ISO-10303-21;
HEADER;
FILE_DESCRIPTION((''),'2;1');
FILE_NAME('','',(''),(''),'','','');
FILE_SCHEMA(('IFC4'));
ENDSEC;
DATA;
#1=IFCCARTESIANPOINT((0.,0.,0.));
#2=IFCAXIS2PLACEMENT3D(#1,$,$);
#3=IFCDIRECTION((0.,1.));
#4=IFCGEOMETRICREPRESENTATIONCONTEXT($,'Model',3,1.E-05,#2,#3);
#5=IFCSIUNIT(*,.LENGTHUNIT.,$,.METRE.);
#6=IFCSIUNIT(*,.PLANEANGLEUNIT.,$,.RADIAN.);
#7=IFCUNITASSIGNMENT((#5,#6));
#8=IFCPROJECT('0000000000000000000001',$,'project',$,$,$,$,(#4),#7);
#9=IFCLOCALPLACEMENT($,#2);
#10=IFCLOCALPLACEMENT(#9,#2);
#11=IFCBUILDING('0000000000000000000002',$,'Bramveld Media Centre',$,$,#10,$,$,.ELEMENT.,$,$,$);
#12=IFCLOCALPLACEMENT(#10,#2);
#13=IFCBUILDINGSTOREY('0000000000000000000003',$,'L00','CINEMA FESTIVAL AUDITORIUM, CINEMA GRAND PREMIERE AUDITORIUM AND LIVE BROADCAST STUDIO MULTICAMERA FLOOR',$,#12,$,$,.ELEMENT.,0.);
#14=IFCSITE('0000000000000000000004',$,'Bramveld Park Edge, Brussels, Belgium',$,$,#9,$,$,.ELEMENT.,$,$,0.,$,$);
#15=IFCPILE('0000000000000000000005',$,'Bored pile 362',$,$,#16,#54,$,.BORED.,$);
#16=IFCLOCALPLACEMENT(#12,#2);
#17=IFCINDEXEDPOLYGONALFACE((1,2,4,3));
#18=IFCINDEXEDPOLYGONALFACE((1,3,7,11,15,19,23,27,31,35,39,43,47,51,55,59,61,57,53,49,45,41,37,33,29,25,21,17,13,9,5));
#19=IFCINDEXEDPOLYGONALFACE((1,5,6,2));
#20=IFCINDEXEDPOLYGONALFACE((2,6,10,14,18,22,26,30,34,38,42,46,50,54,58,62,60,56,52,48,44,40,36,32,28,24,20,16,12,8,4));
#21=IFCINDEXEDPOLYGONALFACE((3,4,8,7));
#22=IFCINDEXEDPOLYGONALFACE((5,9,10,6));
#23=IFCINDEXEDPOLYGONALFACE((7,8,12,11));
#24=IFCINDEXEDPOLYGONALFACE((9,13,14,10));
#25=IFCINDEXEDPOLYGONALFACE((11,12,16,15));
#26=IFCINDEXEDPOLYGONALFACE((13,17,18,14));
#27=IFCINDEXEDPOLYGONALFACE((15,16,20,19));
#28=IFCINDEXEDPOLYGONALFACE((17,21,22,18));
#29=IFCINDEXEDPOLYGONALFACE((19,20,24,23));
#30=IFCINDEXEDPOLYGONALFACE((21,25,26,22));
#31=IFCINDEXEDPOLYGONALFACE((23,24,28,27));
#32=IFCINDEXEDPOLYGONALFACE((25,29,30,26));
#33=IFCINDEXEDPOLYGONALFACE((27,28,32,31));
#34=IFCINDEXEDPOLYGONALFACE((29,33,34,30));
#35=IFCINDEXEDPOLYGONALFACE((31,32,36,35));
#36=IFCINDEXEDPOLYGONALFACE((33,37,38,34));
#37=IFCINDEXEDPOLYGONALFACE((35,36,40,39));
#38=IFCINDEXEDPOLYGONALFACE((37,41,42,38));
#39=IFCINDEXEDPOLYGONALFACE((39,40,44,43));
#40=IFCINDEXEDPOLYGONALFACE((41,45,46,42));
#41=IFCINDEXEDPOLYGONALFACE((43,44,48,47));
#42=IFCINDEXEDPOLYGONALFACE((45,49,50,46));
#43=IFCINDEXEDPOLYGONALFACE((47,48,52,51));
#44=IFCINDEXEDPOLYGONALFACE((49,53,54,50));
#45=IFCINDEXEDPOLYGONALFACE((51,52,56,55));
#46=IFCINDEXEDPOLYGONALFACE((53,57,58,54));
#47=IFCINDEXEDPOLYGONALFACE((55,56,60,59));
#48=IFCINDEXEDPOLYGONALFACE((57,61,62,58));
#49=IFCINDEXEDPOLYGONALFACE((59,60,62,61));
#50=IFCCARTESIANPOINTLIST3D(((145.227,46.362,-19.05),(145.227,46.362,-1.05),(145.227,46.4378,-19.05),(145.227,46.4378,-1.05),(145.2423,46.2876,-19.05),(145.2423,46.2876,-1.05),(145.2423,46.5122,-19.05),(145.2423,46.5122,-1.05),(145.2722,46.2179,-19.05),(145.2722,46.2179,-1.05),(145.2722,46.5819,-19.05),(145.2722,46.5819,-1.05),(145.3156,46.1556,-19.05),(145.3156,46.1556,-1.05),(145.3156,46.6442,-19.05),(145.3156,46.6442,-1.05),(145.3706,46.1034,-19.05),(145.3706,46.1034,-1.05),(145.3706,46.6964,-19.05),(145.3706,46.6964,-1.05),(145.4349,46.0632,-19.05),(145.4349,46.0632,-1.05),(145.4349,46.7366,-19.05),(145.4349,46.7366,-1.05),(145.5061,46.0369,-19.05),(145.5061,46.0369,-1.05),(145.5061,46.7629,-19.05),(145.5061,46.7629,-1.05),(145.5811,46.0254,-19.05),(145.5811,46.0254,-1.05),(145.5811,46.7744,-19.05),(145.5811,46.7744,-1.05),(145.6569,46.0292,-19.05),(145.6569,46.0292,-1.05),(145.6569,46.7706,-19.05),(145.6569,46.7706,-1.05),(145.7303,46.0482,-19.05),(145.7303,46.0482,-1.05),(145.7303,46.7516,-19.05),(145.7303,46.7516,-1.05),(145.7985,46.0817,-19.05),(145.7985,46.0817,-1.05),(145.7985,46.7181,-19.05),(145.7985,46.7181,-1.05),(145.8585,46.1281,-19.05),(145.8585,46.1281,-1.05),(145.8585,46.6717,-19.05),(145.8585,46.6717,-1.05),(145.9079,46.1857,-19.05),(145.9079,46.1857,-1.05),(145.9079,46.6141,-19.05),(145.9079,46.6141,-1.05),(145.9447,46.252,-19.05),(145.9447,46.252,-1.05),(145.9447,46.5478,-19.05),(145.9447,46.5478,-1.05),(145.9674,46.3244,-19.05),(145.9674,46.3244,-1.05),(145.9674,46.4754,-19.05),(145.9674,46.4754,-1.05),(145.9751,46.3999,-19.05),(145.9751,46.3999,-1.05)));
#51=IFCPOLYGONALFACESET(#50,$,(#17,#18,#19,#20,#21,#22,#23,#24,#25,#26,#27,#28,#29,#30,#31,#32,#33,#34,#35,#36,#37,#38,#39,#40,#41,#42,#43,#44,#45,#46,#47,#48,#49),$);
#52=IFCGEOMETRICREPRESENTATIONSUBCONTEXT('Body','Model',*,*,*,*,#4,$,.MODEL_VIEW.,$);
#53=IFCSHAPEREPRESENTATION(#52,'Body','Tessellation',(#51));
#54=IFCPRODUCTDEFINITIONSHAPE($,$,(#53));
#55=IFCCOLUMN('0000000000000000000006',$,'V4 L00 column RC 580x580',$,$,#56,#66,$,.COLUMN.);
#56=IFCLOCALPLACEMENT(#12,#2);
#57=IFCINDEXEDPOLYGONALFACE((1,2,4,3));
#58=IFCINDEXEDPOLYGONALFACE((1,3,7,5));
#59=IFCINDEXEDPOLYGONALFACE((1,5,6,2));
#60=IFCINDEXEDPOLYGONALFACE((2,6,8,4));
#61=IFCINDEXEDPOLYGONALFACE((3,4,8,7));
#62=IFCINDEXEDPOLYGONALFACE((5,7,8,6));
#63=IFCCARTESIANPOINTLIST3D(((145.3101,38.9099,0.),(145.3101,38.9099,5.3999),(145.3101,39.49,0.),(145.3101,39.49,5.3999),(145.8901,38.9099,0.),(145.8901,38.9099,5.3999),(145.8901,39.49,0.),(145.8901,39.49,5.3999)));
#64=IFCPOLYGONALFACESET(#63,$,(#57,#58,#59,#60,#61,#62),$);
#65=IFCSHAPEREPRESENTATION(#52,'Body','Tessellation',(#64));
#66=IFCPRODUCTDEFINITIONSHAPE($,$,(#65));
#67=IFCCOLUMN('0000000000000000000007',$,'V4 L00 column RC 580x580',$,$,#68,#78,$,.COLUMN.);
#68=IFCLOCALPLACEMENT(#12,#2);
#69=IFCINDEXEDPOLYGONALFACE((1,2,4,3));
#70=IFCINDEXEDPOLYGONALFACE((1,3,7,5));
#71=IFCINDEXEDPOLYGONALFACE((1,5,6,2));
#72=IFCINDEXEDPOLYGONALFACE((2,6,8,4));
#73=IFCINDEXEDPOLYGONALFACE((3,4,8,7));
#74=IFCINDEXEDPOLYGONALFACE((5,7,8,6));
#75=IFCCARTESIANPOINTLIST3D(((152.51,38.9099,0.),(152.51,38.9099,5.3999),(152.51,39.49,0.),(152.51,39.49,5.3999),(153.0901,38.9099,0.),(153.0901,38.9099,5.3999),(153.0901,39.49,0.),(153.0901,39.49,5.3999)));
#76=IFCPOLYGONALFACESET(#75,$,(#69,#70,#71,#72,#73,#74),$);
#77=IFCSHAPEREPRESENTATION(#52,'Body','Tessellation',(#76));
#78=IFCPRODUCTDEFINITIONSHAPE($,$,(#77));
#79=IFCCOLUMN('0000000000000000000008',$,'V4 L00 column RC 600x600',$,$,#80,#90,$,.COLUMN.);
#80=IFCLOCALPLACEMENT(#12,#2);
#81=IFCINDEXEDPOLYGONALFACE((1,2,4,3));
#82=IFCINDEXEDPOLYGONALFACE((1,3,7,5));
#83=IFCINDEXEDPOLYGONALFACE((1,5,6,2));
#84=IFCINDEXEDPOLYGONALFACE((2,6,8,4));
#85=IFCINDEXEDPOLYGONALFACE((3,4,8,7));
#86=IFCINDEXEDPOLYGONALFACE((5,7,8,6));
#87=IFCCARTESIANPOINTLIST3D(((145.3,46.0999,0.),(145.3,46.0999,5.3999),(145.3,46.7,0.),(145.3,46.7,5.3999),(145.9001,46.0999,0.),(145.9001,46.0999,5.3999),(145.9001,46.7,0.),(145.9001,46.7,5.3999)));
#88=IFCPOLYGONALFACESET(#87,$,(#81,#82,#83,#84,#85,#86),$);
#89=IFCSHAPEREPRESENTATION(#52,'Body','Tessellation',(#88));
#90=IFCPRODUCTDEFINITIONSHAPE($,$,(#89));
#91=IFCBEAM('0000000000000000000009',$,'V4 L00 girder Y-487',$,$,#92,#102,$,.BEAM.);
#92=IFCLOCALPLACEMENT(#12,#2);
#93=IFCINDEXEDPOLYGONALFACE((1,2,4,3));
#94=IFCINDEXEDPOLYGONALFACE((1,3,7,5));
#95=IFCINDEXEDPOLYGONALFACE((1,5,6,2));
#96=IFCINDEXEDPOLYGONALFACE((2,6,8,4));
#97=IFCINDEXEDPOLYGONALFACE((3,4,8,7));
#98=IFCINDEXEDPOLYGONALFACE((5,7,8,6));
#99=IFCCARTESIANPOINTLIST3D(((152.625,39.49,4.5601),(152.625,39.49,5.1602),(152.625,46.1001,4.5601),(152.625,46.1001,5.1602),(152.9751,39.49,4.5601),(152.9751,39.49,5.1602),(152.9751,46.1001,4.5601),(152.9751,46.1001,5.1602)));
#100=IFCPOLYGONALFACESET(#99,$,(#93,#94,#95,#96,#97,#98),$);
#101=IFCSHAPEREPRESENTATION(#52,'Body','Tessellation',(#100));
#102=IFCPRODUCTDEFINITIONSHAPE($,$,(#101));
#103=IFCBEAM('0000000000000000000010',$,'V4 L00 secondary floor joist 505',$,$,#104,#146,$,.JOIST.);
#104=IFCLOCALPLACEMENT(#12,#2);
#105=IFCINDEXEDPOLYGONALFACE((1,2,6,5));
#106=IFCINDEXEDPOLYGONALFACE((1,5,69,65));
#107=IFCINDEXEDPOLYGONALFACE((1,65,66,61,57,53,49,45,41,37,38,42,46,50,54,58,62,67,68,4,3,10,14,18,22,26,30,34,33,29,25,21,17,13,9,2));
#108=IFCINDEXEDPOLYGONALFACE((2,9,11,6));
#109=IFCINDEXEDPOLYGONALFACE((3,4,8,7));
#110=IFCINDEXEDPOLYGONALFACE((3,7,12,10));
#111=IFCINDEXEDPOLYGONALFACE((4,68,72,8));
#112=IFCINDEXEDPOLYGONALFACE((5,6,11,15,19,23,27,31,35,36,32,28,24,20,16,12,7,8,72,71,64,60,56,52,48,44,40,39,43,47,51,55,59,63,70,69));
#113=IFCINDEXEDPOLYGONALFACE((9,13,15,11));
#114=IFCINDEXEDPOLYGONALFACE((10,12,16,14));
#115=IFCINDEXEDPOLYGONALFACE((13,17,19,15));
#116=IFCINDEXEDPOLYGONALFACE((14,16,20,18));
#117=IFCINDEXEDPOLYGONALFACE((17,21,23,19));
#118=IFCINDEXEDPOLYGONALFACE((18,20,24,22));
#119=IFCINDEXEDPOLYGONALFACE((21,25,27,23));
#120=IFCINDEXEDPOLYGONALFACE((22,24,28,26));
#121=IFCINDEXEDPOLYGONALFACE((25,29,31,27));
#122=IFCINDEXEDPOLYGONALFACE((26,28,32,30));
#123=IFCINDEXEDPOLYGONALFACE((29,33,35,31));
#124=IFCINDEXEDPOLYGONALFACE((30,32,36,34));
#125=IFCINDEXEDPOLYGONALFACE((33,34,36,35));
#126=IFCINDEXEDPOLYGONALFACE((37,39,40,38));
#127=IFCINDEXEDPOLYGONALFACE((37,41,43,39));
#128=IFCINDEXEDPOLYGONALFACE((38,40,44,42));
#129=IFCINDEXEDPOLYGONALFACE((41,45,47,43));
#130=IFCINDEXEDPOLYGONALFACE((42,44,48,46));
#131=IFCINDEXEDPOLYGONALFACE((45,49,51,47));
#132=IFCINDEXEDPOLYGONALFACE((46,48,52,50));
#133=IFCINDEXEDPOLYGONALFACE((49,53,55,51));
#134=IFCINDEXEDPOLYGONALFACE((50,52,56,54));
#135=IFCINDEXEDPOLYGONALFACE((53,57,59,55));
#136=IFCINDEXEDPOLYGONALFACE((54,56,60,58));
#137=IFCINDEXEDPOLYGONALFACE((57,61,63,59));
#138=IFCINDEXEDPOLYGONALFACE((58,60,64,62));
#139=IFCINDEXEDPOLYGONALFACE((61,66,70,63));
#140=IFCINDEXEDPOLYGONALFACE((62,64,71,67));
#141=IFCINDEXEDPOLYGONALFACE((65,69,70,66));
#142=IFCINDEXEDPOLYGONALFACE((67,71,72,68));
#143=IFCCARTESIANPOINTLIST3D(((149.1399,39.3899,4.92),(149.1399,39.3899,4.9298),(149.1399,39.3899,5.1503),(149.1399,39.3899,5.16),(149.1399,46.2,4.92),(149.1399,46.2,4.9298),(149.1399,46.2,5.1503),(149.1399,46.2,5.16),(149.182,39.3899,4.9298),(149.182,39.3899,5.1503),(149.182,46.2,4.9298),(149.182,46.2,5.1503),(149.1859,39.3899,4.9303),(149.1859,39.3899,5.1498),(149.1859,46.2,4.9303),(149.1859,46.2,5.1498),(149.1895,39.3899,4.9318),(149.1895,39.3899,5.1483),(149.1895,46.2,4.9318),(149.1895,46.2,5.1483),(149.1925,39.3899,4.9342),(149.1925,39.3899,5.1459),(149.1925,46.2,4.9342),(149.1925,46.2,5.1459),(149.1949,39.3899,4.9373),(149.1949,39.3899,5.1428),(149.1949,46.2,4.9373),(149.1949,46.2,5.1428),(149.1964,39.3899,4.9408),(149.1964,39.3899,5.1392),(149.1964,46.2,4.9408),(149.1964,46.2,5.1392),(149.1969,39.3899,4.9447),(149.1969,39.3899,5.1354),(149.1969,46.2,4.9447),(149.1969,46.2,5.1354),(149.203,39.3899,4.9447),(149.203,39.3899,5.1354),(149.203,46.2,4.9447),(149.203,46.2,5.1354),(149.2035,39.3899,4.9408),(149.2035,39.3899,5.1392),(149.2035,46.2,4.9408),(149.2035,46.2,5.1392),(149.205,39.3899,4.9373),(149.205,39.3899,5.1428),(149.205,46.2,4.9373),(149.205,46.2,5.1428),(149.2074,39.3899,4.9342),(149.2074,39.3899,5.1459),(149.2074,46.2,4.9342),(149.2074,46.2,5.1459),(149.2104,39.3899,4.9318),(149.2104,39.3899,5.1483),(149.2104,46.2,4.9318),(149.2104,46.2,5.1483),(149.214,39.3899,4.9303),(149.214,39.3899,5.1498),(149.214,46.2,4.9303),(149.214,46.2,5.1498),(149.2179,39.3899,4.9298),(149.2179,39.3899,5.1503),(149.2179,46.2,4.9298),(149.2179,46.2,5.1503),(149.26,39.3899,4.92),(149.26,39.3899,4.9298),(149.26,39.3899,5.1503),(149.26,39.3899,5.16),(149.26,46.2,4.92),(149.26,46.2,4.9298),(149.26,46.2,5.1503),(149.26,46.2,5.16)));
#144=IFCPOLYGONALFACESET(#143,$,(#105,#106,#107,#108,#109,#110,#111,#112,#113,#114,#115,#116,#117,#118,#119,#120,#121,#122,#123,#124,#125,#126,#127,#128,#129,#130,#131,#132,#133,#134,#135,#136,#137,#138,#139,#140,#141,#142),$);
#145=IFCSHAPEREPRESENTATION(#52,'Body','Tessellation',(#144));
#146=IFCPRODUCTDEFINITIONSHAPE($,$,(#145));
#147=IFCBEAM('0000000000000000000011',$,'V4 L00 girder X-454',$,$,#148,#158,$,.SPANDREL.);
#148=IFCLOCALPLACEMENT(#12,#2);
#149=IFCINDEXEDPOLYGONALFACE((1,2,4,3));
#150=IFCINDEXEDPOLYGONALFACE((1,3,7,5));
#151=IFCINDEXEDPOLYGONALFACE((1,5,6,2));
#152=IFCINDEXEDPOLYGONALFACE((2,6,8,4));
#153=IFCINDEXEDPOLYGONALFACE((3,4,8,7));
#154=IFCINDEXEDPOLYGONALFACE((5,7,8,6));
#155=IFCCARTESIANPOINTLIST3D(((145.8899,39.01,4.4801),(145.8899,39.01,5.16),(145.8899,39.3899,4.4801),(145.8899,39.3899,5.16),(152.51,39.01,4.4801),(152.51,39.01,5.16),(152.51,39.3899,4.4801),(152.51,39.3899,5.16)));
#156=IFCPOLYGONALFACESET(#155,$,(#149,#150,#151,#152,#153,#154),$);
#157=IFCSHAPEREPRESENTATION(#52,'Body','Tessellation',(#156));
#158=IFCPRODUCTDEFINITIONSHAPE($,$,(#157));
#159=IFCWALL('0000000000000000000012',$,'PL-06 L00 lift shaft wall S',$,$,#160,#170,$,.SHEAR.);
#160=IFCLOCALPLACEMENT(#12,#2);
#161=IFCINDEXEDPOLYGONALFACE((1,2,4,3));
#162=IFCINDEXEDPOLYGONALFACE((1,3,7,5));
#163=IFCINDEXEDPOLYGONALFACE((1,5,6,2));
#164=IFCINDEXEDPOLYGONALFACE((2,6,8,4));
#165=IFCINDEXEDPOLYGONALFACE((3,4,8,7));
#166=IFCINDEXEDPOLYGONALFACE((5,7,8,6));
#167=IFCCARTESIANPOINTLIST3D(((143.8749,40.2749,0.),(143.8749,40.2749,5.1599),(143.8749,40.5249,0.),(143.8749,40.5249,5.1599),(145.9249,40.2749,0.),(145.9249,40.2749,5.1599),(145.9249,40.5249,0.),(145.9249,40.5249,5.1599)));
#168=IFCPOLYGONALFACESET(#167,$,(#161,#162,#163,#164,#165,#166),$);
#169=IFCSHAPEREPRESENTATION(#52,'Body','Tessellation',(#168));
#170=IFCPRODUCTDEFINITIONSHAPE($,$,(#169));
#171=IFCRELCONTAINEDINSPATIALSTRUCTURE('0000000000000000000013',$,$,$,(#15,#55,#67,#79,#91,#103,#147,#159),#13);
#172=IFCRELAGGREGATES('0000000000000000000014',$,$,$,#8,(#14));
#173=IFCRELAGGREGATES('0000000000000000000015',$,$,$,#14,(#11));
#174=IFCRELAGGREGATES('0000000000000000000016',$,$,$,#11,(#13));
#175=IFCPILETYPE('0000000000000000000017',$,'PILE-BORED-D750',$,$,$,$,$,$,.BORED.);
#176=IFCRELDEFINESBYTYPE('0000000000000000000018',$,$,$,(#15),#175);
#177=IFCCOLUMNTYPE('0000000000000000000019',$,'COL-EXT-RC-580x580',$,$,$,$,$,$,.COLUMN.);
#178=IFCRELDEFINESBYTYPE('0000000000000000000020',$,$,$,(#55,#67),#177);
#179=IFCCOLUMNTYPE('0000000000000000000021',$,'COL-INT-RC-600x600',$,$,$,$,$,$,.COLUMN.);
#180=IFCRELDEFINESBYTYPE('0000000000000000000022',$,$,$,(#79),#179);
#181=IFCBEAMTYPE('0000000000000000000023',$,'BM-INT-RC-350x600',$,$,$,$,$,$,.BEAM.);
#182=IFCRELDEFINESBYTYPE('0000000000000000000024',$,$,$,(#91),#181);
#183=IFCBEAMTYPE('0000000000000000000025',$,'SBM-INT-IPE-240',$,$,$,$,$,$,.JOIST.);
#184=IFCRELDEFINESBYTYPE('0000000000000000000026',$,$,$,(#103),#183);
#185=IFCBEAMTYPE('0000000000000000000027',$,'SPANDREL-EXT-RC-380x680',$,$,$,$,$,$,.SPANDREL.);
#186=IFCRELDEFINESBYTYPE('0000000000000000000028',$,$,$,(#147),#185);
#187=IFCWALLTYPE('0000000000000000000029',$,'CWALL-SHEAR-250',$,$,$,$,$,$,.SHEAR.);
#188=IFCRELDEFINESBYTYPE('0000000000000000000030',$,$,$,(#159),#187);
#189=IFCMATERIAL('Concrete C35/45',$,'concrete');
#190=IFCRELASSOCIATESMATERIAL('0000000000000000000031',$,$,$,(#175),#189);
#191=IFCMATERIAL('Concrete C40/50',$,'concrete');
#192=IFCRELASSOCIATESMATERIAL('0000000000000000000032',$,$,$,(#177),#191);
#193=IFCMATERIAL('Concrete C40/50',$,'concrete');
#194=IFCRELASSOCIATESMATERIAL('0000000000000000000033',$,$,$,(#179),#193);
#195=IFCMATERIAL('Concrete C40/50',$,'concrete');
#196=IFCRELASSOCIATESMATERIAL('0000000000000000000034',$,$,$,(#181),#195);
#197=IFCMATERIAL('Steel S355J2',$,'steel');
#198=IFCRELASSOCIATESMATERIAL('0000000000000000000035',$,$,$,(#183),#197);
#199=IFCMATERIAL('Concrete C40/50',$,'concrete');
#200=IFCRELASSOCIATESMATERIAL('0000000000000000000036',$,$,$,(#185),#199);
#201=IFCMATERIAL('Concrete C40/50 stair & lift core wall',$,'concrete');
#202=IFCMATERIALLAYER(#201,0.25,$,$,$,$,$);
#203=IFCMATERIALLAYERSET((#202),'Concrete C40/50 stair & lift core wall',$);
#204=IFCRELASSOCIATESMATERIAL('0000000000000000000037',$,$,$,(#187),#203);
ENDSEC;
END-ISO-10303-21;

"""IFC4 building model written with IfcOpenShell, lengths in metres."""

from ifc_helpers import new_model, si_unit, direction, frame, frame_2d, origin, origin_2d, place, context, subcontext, project, spatial, rectangle, circle, i_section, extrude, material, layer, layer_set, material_profile, profile_set, type_object, element, save


model = new_model("IFC4")

# Units and contexts
model_context = context("Model", 3, precision=1e-05, world=origin(), true_north=direction((0.0, 1.0)))
body_context = subcontext(model_context, "Body", "Model", "MODEL_VIEW")
ifc_project = project(units=[si_unit("LENGTHUNIT", "METRE"), si_unit("PLANEANGLEUNIT", "RADIAN")], contexts=[model_context])

# Site, building, storey
site_placement = place(None, origin())
site = spatial("IfcSite", under=ifc_project, at=site_placement, Name="Bramveld Park Edge, Brussels, Belgium", CompositionType="ELEMENT", RefElevation=0.0)
building_placement = place(site_placement, origin())
building = spatial("IfcBuilding", under=site, at=building_placement, Name="Bramveld Media Centre", CompositionType="ELEMENT")
storey_placement = place(building_placement, origin())
storey = spatial("IfcBuildingStorey", under=building, at=storey_placement, Name="L00", Description="CINEMA FESTIVAL AUDITORIUM, CINEMA GRAND PREMIERE AUDITORIUM AND LIVE BROADCAST STUDIO MULTICAMERA FLOOR", CompositionType="ELEMENT", Elevation=0.0)

# Pile
ifc_material_1 = material(Name="Concrete C35/45", Category="concrete")
ifc_material_profile_1 = material_profile(ifc_material_1, circle(Radius=0.375, at=origin_2d()), Name="BORED D750")
ifc_profile_set_1 = profile_set([ifc_material_profile_1], Name="Concrete C35/45")
pile_type_1 = type_object("IfcPileType", Name="PILE-BORED-D750", PredefinedType="BORED", material=ifc_profile_set_1)
pile_placement = place(storey_placement, frame((145.6001, 46.3999, -1.05), z_axis=(0.0, 0.0, -1.0), x_axis=(1.0, 0.0, 0.0)))
element("IfcPile", 1, at=pile_placement, inside=storey, type_object=pile_type_1, Name="Bored pile 362", PredefinedType="BORED", context=body_context, shape_type="SweptSolid", body=[
    extrude(circle(Radius=0.375, at=origin_2d()), origin(), (0.0, 0.0, 1.0), 18.0),
])

# Columns
ifc_material_2 = material(Name="Concrete C40/50", Category="concrete")
ifc_material_profile_2 = material_profile(ifc_material_2, rectangle(XDim=0.5801, YDim=0.5801, at=origin_2d()), Name="RC 580x580")
ifc_profile_set_2 = profile_set([ifc_material_profile_2], Name="Concrete C40/50")
column_type_1 = type_object("IfcColumnType", Name="COL-EXT-RC-580x580", PredefinedType="COLUMN", material=ifc_profile_set_2)
for number, where, z_axis, x_axis, name in (
    (2, (145.6001, 39.2, 0.0), (0.0, 0.0, 1.0), (1.0, 0.0, 0.0), "V4 L00 column RC 580x580"),
    (3, (152.8, 39.2, 0.0), (0.0, 0.0, 1.0), (1.0, 0.0, 0.0), "V4 L00 column RC 580x580"),
):
    element("IfcColumn", number, at=place(storey_placement, frame(where, z_axis=z_axis, x_axis=x_axis)), inside=storey, type_object=column_type_1, Name=name, PredefinedType="COLUMN", context=body_context, shape_type="SweptSolid", body=[
        extrude(rectangle(XDim=0.5801, YDim=0.5801, at=origin_2d()), origin(), (0.0, 0.0, 1.0), 5.3999),
    ])
ifc_material_3 = material(Name="Concrete C40/50", Category="concrete")
ifc_material_profile_3 = material_profile(ifc_material_3, rectangle(XDim=0.6001, YDim=0.6001, at=origin_2d()), Name="RC 600x600")
ifc_profile_set_3 = profile_set([ifc_material_profile_3], Name="Concrete C40/50")
column_type_2 = type_object("IfcColumnType", Name="COL-INT-RC-600x600", PredefinedType="COLUMN", material=ifc_profile_set_3)
column_placement = place(storey_placement, frame((145.6001, 46.3999, 0.0), z_axis=(0.0, 0.0, 1.0), x_axis=(1.0, 0.0, 0.0)))
element("IfcColumn", 4, at=column_placement, inside=storey, type_object=column_type_2, Name="V4 L00 column RC 600x600", PredefinedType="COLUMN", context=body_context, shape_type="SweptSolid", body=[
    extrude(rectangle(XDim=0.6001, YDim=0.6001, at=origin_2d()), origin(), (0.0, 0.0, 1.0), 5.3999),
])

# Beams
ifc_material_4 = material(Name="Concrete C40/50", Category="concrete")
ifc_material_profile_4 = material_profile(ifc_material_4, rectangle(XDim=0.3501, YDim=0.6001, at=origin_2d()), Name="RC 350x600")
ifc_profile_set_4 = profile_set([ifc_material_profile_4], Name="Concrete C40/50")
beam_type_1 = type_object("IfcBeamType", Name="BM-INT-RC-350x600", PredefinedType="BEAM", material=ifc_profile_set_4)
beam_1_placement = place(storey_placement, frame((152.8, 39.49, 4.8601), z_axis=(0.0, 1.0, 0.0), x_axis=(-1.0, 0.0, 0.0)))
element("IfcBeam", 5, at=beam_1_placement, inside=storey, type_object=beam_type_1, Name="V4 L00 girder Y-487", PredefinedType="BEAM", context=body_context, shape_type="SweptSolid", body=[
    extrude(rectangle(XDim=0.3501, YDim=0.6001, at=origin_2d()), origin(), (0.0, 0.0, 1.0), 6.6101),
])
ifc_material_5 = material(Name="Steel S355J2", Category="steel")
ifc_material_profile_5 = material_profile(ifc_material_5, i_section(OverallWidth=0.1201, OverallDepth=0.24, WebThickness=0.0061, FlangeThickness=0.0098, FilletRadius=0.0149, at=origin_2d()), Name="IPE 240")
ifc_profile_set_5 = profile_set([ifc_material_profile_5], Name="Steel S355J2")
beam_type_2 = type_object("IfcBeamType", Name="SBM-INT-IPE-240", PredefinedType="JOIST", material=ifc_profile_set_5)
beam_2_placement = place(storey_placement, frame((149.2, 39.3899, 5.04), z_axis=(0.0, 1.0, 0.0), x_axis=(-1.0, 0.0, 0.0)))
element("IfcBeam", 6, at=beam_2_placement, inside=storey, type_object=beam_type_2, Name="V4 L00 secondary floor joist 505", PredefinedType="JOIST", context=body_context, shape_type="SweptSolid", body=[
    extrude(i_section(OverallWidth=0.1201, OverallDepth=0.24, WebThickness=0.0061, FlangeThickness=0.0098, FilletRadius=0.0149, at=origin_2d()), origin(), (0.0, 0.0, 1.0), 6.8101),
])
ifc_material_6 = material(Name="Concrete C40/50", Category="concrete")
ifc_material_profile_6 = material_profile(ifc_material_6, rectangle(XDim=0.3799, YDim=0.6799, at=origin_2d()), Name="RC 380x680")
ifc_profile_set_6 = profile_set([ifc_material_profile_6], Name="Concrete C40/50")
beam_type_3 = type_object("IfcBeamType", Name="SPANDREL-EXT-RC-380x680", PredefinedType="SPANDREL", material=ifc_profile_set_6)
beam_3_placement = place(storey_placement, frame((145.8899, 39.2, 4.8201), z_axis=(1.0, 0.0, 0.0), x_axis=(0.0, 1.0, 0.0)))
element("IfcBeam", 7, at=beam_3_placement, inside=storey, type_object=beam_type_3, Name="V4 L00 girder X-454", PredefinedType="SPANDREL", context=body_context, shape_type="SweptSolid", body=[
    extrude(rectangle(XDim=0.3799, YDim=0.6799, at=origin_2d()), origin(), (0.0, 0.0, 1.0), 6.6201),
])

# Wall
ifc_material_7 = material(Name="Concrete C40/50 stair & lift core wall", Category="concrete")
ifc_layer_1 = layer(ifc_material_7, 0.25)
ifc_layer_set_1 = layer_set([ifc_layer_1], Name="Concrete C40/50 stair & lift core wall")
wall_type_1 = type_object("IfcWallType", Name="CWALL-SHEAR-250", PredefinedType="SHEAR", material=ifc_layer_set_1)
wall_1_placement = place(storey_placement, frame((143.875, 40.3999, 0.0), z_axis=(0.0, 0.0, 1.0), x_axis=(1.0, 0.0, 0.0)))
element("IfcWall", 8, at=wall_1_placement, inside=storey, type_object=wall_type_1, Name="PL-06 L00 lift shaft wall S", PredefinedType="SHEAR", context=body_context, shape_type="SweptSolid", body=[
    extrude(rectangle(XDim=2.05, YDim=0.25, at=frame_2d((1.0249, 0.0))), origin(), (0.0, 0.0, 1.0), 5.1599),
])

save(model, "model.ifc")
